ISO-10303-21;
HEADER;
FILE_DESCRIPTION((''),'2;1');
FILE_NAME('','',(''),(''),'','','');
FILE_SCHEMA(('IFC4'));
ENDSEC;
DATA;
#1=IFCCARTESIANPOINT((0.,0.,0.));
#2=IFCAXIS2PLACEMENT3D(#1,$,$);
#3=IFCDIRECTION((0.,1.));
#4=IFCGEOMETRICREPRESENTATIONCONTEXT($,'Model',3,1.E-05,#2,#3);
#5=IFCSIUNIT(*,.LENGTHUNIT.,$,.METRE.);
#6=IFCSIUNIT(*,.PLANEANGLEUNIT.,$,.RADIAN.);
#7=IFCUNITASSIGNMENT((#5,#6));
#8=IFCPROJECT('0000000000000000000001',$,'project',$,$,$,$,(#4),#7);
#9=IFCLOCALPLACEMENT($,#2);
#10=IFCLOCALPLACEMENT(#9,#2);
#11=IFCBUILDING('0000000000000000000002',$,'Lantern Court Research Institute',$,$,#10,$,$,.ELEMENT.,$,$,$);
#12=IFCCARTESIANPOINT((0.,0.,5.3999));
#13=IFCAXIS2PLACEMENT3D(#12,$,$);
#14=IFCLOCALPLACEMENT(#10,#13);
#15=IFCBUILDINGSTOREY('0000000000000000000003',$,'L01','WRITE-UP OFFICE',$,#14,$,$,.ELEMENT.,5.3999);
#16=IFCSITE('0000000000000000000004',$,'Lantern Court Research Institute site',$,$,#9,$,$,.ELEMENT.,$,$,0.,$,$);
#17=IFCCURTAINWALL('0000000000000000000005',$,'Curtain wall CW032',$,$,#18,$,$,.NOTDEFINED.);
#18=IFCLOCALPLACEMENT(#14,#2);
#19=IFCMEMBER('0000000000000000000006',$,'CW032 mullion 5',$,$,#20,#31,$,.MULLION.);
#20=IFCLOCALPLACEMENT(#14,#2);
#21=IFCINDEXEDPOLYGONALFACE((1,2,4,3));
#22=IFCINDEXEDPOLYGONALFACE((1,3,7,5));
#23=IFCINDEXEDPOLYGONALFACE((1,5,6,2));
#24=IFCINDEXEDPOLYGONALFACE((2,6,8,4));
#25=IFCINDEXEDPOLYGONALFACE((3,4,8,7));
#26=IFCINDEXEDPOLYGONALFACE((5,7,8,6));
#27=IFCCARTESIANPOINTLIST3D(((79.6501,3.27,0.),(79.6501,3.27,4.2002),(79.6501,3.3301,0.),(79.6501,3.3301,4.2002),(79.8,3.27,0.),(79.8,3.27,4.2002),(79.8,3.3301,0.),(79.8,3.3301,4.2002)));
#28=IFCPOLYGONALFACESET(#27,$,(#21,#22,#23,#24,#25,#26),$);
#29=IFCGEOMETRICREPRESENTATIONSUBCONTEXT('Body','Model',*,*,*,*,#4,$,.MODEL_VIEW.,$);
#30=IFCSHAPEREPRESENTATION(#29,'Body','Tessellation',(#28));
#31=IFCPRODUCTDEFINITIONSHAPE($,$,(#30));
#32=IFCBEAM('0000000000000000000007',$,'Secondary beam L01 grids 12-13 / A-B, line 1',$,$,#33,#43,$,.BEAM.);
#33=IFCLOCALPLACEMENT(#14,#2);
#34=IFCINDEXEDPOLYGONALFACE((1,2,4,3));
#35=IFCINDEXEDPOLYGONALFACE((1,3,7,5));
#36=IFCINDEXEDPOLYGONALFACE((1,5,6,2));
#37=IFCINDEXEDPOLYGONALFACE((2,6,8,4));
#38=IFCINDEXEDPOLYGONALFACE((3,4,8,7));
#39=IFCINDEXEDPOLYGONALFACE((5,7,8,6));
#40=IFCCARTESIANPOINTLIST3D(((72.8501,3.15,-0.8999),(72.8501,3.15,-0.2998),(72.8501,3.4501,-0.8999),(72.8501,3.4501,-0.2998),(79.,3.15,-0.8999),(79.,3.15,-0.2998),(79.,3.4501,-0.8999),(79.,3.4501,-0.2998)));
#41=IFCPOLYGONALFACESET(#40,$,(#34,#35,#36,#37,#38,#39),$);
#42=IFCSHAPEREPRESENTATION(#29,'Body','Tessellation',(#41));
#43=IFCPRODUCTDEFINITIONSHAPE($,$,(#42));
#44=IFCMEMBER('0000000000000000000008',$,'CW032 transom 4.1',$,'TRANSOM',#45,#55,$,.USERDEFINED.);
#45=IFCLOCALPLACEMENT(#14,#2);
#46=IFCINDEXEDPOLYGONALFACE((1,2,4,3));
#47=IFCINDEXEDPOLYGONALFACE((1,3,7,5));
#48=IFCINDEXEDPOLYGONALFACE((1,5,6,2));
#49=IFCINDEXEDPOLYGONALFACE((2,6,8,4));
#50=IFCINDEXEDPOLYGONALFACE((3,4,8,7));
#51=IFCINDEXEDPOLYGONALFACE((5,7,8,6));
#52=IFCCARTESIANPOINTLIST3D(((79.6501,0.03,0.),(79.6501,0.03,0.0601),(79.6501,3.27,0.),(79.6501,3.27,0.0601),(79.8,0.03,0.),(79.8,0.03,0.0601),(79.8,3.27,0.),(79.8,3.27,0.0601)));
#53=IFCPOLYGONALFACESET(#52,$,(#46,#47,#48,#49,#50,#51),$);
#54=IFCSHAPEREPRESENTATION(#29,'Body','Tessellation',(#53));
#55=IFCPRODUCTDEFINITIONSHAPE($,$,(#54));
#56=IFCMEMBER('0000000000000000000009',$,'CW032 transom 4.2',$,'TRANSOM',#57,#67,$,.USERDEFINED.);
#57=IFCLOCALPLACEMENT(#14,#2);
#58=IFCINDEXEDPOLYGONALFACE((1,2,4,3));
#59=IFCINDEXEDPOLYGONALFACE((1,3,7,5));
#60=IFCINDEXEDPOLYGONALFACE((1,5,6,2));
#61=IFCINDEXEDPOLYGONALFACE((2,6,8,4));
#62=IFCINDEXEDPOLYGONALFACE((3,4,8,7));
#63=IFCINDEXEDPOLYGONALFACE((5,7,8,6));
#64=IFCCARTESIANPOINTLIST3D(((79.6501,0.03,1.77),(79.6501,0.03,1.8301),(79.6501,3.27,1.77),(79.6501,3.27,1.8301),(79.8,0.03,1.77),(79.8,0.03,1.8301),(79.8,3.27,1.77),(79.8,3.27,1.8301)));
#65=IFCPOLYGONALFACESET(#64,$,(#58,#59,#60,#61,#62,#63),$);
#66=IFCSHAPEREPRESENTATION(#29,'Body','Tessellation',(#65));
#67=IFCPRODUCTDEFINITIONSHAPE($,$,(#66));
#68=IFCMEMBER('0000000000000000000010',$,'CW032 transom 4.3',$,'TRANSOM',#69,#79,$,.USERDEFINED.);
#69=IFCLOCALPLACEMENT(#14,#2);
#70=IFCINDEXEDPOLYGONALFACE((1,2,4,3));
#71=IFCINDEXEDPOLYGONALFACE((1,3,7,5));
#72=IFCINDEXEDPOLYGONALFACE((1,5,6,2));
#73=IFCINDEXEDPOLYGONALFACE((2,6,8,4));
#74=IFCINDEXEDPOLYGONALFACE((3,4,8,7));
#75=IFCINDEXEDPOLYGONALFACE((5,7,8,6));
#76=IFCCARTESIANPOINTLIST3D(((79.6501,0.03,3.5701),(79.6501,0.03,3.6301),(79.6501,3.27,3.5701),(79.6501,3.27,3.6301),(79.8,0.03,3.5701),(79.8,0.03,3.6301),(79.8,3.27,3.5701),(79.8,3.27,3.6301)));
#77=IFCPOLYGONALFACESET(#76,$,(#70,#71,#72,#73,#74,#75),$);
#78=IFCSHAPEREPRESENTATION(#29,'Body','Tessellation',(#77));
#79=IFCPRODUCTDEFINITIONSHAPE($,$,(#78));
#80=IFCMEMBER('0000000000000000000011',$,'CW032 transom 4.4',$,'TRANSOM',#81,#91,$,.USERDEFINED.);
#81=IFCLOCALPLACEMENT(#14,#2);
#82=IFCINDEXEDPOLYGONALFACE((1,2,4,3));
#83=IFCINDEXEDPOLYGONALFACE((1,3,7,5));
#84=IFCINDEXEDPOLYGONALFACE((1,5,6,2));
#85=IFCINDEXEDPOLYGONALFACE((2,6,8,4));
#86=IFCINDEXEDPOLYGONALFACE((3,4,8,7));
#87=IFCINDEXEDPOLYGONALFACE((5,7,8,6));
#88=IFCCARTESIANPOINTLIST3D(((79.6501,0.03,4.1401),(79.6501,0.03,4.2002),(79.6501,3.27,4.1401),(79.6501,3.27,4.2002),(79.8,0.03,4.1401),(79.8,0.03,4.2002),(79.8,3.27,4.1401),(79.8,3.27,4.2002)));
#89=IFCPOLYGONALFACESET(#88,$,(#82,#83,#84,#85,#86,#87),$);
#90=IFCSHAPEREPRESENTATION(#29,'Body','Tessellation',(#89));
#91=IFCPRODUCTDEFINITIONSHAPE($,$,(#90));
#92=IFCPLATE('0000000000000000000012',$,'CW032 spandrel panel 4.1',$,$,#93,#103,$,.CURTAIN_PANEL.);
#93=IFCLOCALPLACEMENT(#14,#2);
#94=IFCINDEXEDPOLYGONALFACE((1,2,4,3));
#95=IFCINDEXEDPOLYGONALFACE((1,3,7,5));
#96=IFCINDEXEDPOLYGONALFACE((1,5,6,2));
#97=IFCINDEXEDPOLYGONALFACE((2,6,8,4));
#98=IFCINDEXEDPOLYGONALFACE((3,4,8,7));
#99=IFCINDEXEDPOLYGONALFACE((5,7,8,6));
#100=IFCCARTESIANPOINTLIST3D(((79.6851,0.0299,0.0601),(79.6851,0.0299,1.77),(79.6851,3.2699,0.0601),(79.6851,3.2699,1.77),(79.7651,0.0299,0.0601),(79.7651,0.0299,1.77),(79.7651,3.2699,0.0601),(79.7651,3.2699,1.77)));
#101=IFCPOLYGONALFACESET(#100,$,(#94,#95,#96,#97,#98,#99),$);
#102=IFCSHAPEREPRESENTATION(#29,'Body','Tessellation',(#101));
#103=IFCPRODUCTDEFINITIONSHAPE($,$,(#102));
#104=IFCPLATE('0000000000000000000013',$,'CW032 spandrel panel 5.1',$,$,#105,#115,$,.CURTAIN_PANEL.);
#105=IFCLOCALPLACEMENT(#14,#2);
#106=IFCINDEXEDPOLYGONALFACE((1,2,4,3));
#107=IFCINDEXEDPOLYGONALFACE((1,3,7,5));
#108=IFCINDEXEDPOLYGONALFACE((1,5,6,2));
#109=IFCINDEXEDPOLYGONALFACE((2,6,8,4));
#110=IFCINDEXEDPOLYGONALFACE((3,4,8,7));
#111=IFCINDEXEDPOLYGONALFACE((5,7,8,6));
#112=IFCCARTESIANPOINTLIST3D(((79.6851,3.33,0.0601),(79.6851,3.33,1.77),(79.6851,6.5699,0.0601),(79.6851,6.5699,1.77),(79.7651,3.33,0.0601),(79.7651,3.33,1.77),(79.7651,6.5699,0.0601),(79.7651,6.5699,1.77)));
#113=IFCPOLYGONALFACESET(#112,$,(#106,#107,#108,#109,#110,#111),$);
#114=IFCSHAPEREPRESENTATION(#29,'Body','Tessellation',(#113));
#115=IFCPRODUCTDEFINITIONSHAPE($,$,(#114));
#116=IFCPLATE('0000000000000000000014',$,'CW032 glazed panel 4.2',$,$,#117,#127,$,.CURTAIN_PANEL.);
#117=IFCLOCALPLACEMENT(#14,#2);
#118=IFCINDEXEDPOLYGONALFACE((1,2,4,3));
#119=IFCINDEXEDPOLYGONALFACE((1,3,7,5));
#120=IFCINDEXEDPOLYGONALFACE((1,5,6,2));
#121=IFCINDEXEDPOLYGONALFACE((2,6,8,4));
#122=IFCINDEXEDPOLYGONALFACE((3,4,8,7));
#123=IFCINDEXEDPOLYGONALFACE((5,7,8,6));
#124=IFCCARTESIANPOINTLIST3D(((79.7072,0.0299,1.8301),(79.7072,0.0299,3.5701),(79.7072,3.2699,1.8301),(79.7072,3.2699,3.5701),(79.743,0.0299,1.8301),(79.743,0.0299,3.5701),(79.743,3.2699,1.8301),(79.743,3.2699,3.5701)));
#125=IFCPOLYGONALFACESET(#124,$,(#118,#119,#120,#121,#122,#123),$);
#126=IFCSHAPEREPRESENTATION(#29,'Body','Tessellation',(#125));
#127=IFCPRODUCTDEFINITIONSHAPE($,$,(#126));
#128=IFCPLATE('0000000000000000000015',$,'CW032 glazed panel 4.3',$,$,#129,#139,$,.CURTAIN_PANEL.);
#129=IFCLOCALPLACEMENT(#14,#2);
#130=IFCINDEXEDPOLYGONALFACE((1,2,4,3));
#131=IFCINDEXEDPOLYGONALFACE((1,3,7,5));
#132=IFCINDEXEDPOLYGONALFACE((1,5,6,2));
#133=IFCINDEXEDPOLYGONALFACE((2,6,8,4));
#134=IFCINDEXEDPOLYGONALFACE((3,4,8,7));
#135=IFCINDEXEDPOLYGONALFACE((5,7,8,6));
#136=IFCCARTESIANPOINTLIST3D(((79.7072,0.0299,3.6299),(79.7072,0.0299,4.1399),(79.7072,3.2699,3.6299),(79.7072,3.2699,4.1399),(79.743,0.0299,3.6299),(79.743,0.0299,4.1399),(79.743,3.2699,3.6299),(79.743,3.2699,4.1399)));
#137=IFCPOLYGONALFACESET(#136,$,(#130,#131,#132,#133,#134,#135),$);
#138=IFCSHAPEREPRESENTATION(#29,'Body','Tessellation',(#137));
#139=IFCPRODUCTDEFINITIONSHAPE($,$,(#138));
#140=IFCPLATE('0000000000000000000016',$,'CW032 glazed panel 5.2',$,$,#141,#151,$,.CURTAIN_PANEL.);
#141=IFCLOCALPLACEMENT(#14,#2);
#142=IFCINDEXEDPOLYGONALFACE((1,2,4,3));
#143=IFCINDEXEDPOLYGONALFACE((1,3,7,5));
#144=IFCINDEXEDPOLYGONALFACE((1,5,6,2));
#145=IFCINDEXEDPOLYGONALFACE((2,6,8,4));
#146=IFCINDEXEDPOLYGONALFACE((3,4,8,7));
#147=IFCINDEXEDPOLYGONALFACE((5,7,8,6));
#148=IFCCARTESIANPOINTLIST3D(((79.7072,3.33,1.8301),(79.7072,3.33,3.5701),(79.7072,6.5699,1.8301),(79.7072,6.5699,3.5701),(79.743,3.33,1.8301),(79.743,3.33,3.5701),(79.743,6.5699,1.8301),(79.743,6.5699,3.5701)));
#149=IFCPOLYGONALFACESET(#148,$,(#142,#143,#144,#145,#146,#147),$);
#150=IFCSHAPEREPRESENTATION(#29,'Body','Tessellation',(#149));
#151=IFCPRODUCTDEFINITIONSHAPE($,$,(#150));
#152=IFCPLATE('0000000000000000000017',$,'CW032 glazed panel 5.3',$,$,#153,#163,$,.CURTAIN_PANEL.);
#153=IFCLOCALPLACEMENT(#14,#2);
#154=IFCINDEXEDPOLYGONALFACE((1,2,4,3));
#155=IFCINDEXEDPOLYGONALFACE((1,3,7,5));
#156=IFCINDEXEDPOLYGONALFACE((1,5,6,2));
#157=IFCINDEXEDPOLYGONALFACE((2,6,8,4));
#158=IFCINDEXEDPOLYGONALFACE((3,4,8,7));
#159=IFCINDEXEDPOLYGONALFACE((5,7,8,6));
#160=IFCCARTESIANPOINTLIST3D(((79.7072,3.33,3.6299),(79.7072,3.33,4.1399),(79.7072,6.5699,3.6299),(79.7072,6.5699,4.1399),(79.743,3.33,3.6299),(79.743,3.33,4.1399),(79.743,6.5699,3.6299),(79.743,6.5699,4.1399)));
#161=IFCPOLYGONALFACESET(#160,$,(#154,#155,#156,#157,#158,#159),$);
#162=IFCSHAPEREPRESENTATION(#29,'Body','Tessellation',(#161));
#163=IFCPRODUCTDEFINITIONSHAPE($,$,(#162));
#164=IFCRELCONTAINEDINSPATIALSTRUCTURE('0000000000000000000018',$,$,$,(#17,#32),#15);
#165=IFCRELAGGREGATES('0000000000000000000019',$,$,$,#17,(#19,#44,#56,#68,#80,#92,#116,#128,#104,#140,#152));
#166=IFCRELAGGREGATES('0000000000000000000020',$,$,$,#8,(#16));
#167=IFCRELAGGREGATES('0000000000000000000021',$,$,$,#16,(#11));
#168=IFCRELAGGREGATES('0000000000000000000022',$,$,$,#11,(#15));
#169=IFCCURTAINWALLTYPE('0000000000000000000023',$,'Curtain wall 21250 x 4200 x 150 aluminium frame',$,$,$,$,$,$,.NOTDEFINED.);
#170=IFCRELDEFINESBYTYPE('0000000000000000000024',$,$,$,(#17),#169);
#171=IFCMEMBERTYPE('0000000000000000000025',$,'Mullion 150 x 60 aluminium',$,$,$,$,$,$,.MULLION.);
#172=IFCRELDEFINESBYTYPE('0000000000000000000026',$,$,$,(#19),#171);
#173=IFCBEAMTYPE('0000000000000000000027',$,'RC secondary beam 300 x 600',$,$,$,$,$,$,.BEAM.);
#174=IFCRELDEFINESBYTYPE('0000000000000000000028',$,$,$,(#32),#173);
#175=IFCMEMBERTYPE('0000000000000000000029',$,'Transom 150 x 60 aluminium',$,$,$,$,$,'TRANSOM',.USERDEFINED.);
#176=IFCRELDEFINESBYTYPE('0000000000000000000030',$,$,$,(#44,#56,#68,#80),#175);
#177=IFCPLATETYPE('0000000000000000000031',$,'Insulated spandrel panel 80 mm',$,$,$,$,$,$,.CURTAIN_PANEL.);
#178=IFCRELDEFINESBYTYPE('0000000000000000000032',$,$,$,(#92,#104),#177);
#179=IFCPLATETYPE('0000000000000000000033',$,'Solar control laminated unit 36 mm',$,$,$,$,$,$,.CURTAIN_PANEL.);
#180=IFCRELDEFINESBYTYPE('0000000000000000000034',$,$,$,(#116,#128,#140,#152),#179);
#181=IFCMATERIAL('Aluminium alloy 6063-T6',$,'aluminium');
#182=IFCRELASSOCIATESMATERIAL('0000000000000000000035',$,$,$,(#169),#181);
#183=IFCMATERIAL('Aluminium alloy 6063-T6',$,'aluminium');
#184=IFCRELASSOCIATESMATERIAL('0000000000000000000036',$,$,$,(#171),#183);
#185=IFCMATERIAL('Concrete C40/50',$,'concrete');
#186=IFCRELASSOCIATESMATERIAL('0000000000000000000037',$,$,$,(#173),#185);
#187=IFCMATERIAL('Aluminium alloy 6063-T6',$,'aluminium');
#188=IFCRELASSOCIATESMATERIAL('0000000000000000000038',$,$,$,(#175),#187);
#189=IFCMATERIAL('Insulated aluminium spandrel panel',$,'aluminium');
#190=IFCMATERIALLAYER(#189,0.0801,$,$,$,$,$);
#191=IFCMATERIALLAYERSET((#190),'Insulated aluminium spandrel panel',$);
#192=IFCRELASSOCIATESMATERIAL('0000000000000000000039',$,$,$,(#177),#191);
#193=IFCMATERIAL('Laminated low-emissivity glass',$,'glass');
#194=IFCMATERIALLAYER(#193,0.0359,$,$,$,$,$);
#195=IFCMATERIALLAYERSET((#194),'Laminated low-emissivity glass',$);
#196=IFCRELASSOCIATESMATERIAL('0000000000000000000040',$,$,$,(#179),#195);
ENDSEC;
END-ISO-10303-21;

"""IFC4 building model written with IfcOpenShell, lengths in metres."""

from ifc_helpers import new_model, si_unit, direction, frame, origin, origin_2d, place, context, subcontext, project, spatial, rectangle, extrude, material, layer, layer_set, material_profile, profile_set, type_object, element, aggregate, save


model = new_model("IFC4")

# Units and contexts
model_context = context("Model", 3, precision=1e-05, world=origin(), true_north=direction((0.0, 1.0)))
body_context = subcontext(model_context, "Body", "Model", "MODEL_VIEW")
ifc_project = project(units=[si_unit("LENGTHUNIT", "METRE"), si_unit("PLANEANGLEUNIT", "RADIAN")], contexts=[model_context])

# Site, building, storey
site_placement = place(None, origin())
site = spatial("IfcSite", under=ifc_project, at=site_placement, Name="Lantern Court Research Institute site", CompositionType="ELEMENT", RefElevation=0.0)
building_placement = place(site_placement, origin())
building = spatial("IfcBuilding", under=site, at=building_placement, Name="Lantern Court Research Institute", CompositionType="ELEMENT")
storey_placement = place(building_placement, frame((0.0, 0.0, 5.3999)))
storey = spatial("IfcBuildingStorey", under=building, at=storey_placement, Name="L01", Description="WRITE-UP OFFICE", CompositionType="ELEMENT", Elevation=5.3999)

# Curtain wall, member
ifc_material_1 = material(Name="Aluminium alloy 6063-T6", Category="aluminium")
curtain_wall_type = type_object("IfcCurtainWallType", Name="Curtain wall 21250 x 4200 x 150 aluminium frame", PredefinedType="NOTDEFINED", material=ifc_material_1)
curtain_wall_placement = place(storey_placement, origin())
curtain_wall = element("IfcCurtainWall", 1, at=curtain_wall_placement, inside=storey, type_object=curtain_wall_type, Name="Curtain wall CW032", PredefinedType="NOTDEFINED")
ifc_material_2 = material(Name="Aluminium alloy 6063-T6", Category="aluminium")
ifc_material_profile_1 = material_profile(ifc_material_2, rectangle(XDim=0.1499, YDim=0.0601, at=origin_2d()), Name="Mullion 150 x 60")
ifc_profile_set_1 = profile_set([ifc_material_profile_1], Name="Aluminium alloy 6063-T6")
member_type_1 = type_object("IfcMemberType", Name="Mullion 150 x 60 aluminium", PredefinedType="MULLION", material=ifc_profile_set_1)
member_1_placement = place(storey_placement, frame((79.7251, 3.3, 0.0), z_axis=(0.0, 0.0, 1.0), x_axis=(1.0, 0.0, 0.0)))
member_1 = element("IfcMember", 2, at=member_1_placement, type_object=member_type_1, Name="CW032 mullion 5", PredefinedType="MULLION", context=body_context, shape_type="SweptSolid", body=[
    extrude(rectangle(XDim=0.1499, YDim=0.0601, at=origin_2d()), origin(), (0.0, 0.0, 1.0), 4.2002),
])

# Beam
ifc_material_3 = material(Name="Concrete C40/50", Category="concrete")
ifc_material_profile_2 = material_profile(ifc_material_3, rectangle(XDim=0.3, YDim=0.6001, at=origin_2d()), Name="RC beam 300 x 600")
ifc_profile_set_2 = profile_set([ifc_material_profile_2], Name="Concrete C40/50")
beam_type = type_object("IfcBeamType", Name="RC secondary beam 300 x 600", PredefinedType="BEAM", material=ifc_profile_set_2)
beam_placement = place(storey_placement, frame((72.8501, 3.3, -0.5999), z_axis=(1.0, 0.0, 0.0), x_axis=(0.0, 1.0, 0.0)))
element("IfcBeam", 3, at=beam_placement, inside=storey, type_object=beam_type, Name="Secondary beam L01 grids 12-13 / A-B, line 1", PredefinedType="BEAM", context=body_context, shape_type="SweptSolid", body=[
    extrude(rectangle(XDim=0.3, YDim=0.6001, at=origin_2d()), origin(), (0.0, 0.0, 1.0), 6.1499),
])

# Members
ifc_material_4 = material(Name="Aluminium alloy 6063-T6", Category="aluminium")
ifc_material_profile_3 = material_profile(ifc_material_4, rectangle(XDim=0.1499, YDim=0.0601, at=origin_2d()), Name="Transom 150 x 60")
ifc_profile_set_3 = profile_set([ifc_material_profile_3], Name="Aluminium alloy 6063-T6")
member_type_2 = type_object("IfcMemberType", Name="Transom 150 x 60 aluminium", ElementType="TRANSOM", PredefinedType="USERDEFINED", material=ifc_profile_set_3)
member_2_placement = place(storey_placement, frame((79.7251, 3.27, 0.03), z_axis=(0.0, -1.0, 0.0), x_axis=(1.0, 0.0, 0.0)))
member_2 = element("IfcMember", 4, at=member_2_placement, type_object=member_type_2, Name="CW032 transom 4.1", ObjectType="TRANSOM", PredefinedType="USERDEFINED", context=body_context, shape_type="SweptSolid", body=[
    extrude(rectangle(XDim=0.1499, YDim=0.0601, at=origin_2d()), origin(), (0.0, 0.0, 1.0), 3.24),
])
member_3_placement = place(storey_placement, frame((79.7251, 3.27, 1.8), z_axis=(0.0, -1.0, 0.0), x_axis=(1.0, 0.0, 0.0)))
member_3 = element("IfcMember", 5, at=member_3_placement, type_object=member_type_2, Name="CW032 transom 4.2", ObjectType="TRANSOM", PredefinedType="USERDEFINED", context=body_context, shape_type="SweptSolid", body=[
    extrude(rectangle(XDim=0.1499, YDim=0.0601, at=origin_2d()), origin(), (0.0, 0.0, 1.0), 3.24),
])
member_4_placement = place(storey_placement, frame((79.7251, 3.27, 3.6001), z_axis=(0.0, -1.0, 0.0), x_axis=(1.0, 0.0, 0.0)))
member_4 = element("IfcMember", 6, at=member_4_placement, type_object=member_type_2, Name="CW032 transom 4.3", ObjectType="TRANSOM", PredefinedType="USERDEFINED", context=body_context, shape_type="SweptSolid", body=[
    extrude(rectangle(XDim=0.1499, YDim=0.0601, at=origin_2d()), origin(), (0.0, 0.0, 1.0), 3.24),
])
member_5_placement = place(storey_placement, frame((79.7251, 3.27, 4.1702), z_axis=(0.0, -1.0, 0.0), x_axis=(1.0, 0.0, 0.0)))
member_5 = element("IfcMember", 7, at=member_5_placement, type_object=member_type_2, Name="CW032 transom 4.4", ObjectType="TRANSOM", PredefinedType="USERDEFINED", context=body_context, shape_type="SweptSolid", body=[
    extrude(rectangle(XDim=0.1499, YDim=0.0601, at=origin_2d()), origin(), (0.0, 0.0, 1.0), 3.24),
])

# Plates
ifc_material_5 = material(Name="Insulated aluminium spandrel panel", Category="aluminium")
ifc_layer_1 = layer(ifc_material_5, 0.0801)
ifc_layer_set_1 = layer_set([ifc_layer_1], Name="Insulated aluminium spandrel panel")
plate_type_1 = type_object("IfcPlateType", Name="Insulated spandrel panel 80 mm", PredefinedType="CURTAIN_PANEL", material=ifc_layer_set_1)
plate_1_placement = place(storey_placement, frame((79.7251, 1.6499, 0.0601), z_axis=(0.0, 0.0, 1.0), x_axis=(0.0, -1.0, 0.0)))
plate_1 = element("IfcPlate", 8, at=plate_1_placement, type_object=plate_type_1, Name="CW032 spandrel panel 4.1", PredefinedType="CURTAIN_PANEL", context=body_context, shape_type="SweptSolid", body=[
    extrude(rectangle(XDim=3.24, YDim=0.0801, at=origin_2d()), origin(), (0.0, 0.0, 1.0), 1.71),
])
plate_2_placement = place(storey_placement, frame((79.7251, 4.95, 0.0601), z_axis=(0.0, 0.0, 1.0), x_axis=(0.0, -1.0, 0.0)))
plate_2 = element("IfcPlate", 9, at=plate_2_placement, type_object=plate_type_1, Name="CW032 spandrel panel 5.1", PredefinedType="CURTAIN_PANEL", context=body_context, shape_type="SweptSolid", body=[
    extrude(rectangle(XDim=3.24, YDim=0.0801, at=origin_2d()), origin(), (0.0, 0.0, 1.0), 1.71),
])
ifc_material_6 = material(Name="Laminated low-emissivity glass", Category="glass")
ifc_layer_2 = layer(ifc_material_6, 0.0359)
ifc_layer_set_2 = layer_set([ifc_layer_2], Name="Laminated low-emissivity glass")
plate_type_2 = type_object("IfcPlateType", Name="Solar control laminated unit 36 mm", PredefinedType="CURTAIN_PANEL", material=ifc_layer_set_2)
plate_3_placement = place(storey_placement, frame((79.7251, 1.6499, 1.8301), z_axis=(0.0, 0.0, 1.0), x_axis=(0.0, -1.0, 0.0)))
plate_3 = element("IfcPlate", 10, at=plate_3_placement, type_object=plate_type_2, Name="CW032 glazed panel 4.2", PredefinedType="CURTAIN_PANEL", context=body_context, shape_type="SweptSolid", body=[
    extrude(rectangle(XDim=3.24, YDim=0.0359, at=origin_2d()), origin(), (0.0, 0.0, 1.0), 1.74),
])
plate_4_placement = place(storey_placement, frame((79.7251, 1.6499, 3.6299), z_axis=(0.0, 0.0, 1.0), x_axis=(0.0, -1.0, 0.0)))
plate_4 = element("IfcPlate", 11, at=plate_4_placement, type_object=plate_type_2, Name="CW032 glazed panel 4.3", PredefinedType="CURTAIN_PANEL", context=body_context, shape_type="SweptSolid", body=[
    extrude(rectangle(XDim=3.24, YDim=0.0359, at=origin_2d()), origin(), (0.0, 0.0, 1.0), 0.51),
])
plate_5_placement = place(storey_placement, frame((79.7251, 4.95, 1.8301), z_axis=(0.0, 0.0, 1.0), x_axis=(0.0, -1.0, 0.0)))
plate_5 = element("IfcPlate", 12, at=plate_5_placement, type_object=plate_type_2, Name="CW032 glazed panel 5.2", PredefinedType="CURTAIN_PANEL", context=body_context, shape_type="SweptSolid", body=[
    extrude(rectangle(XDim=3.24, YDim=0.0359, at=origin_2d()), origin(), (0.0, 0.0, 1.0), 1.74),
])
plate_6_placement = place(storey_placement, frame((79.7251, 4.95, 3.6299), z_axis=(0.0, 0.0, 1.0), x_axis=(0.0, -1.0, 0.0)))
plate_6 = element("IfcPlate", 13, at=plate_6_placement, type_object=plate_type_2, Name="CW032 glazed panel 5.3", PredefinedType="CURTAIN_PANEL", context=body_context, shape_type="SweptSolid", body=[
    extrude(rectangle(XDim=3.24, YDim=0.0359, at=origin_2d()), origin(), (0.0, 0.0, 1.0), 0.51),
])
aggregate(curtain_wall, [member_1, member_2, member_3, member_4, member_5, plate_1, plate_3, plate_4, plate_2, plate_5, plate_6])

save(model, "model.ifc")
